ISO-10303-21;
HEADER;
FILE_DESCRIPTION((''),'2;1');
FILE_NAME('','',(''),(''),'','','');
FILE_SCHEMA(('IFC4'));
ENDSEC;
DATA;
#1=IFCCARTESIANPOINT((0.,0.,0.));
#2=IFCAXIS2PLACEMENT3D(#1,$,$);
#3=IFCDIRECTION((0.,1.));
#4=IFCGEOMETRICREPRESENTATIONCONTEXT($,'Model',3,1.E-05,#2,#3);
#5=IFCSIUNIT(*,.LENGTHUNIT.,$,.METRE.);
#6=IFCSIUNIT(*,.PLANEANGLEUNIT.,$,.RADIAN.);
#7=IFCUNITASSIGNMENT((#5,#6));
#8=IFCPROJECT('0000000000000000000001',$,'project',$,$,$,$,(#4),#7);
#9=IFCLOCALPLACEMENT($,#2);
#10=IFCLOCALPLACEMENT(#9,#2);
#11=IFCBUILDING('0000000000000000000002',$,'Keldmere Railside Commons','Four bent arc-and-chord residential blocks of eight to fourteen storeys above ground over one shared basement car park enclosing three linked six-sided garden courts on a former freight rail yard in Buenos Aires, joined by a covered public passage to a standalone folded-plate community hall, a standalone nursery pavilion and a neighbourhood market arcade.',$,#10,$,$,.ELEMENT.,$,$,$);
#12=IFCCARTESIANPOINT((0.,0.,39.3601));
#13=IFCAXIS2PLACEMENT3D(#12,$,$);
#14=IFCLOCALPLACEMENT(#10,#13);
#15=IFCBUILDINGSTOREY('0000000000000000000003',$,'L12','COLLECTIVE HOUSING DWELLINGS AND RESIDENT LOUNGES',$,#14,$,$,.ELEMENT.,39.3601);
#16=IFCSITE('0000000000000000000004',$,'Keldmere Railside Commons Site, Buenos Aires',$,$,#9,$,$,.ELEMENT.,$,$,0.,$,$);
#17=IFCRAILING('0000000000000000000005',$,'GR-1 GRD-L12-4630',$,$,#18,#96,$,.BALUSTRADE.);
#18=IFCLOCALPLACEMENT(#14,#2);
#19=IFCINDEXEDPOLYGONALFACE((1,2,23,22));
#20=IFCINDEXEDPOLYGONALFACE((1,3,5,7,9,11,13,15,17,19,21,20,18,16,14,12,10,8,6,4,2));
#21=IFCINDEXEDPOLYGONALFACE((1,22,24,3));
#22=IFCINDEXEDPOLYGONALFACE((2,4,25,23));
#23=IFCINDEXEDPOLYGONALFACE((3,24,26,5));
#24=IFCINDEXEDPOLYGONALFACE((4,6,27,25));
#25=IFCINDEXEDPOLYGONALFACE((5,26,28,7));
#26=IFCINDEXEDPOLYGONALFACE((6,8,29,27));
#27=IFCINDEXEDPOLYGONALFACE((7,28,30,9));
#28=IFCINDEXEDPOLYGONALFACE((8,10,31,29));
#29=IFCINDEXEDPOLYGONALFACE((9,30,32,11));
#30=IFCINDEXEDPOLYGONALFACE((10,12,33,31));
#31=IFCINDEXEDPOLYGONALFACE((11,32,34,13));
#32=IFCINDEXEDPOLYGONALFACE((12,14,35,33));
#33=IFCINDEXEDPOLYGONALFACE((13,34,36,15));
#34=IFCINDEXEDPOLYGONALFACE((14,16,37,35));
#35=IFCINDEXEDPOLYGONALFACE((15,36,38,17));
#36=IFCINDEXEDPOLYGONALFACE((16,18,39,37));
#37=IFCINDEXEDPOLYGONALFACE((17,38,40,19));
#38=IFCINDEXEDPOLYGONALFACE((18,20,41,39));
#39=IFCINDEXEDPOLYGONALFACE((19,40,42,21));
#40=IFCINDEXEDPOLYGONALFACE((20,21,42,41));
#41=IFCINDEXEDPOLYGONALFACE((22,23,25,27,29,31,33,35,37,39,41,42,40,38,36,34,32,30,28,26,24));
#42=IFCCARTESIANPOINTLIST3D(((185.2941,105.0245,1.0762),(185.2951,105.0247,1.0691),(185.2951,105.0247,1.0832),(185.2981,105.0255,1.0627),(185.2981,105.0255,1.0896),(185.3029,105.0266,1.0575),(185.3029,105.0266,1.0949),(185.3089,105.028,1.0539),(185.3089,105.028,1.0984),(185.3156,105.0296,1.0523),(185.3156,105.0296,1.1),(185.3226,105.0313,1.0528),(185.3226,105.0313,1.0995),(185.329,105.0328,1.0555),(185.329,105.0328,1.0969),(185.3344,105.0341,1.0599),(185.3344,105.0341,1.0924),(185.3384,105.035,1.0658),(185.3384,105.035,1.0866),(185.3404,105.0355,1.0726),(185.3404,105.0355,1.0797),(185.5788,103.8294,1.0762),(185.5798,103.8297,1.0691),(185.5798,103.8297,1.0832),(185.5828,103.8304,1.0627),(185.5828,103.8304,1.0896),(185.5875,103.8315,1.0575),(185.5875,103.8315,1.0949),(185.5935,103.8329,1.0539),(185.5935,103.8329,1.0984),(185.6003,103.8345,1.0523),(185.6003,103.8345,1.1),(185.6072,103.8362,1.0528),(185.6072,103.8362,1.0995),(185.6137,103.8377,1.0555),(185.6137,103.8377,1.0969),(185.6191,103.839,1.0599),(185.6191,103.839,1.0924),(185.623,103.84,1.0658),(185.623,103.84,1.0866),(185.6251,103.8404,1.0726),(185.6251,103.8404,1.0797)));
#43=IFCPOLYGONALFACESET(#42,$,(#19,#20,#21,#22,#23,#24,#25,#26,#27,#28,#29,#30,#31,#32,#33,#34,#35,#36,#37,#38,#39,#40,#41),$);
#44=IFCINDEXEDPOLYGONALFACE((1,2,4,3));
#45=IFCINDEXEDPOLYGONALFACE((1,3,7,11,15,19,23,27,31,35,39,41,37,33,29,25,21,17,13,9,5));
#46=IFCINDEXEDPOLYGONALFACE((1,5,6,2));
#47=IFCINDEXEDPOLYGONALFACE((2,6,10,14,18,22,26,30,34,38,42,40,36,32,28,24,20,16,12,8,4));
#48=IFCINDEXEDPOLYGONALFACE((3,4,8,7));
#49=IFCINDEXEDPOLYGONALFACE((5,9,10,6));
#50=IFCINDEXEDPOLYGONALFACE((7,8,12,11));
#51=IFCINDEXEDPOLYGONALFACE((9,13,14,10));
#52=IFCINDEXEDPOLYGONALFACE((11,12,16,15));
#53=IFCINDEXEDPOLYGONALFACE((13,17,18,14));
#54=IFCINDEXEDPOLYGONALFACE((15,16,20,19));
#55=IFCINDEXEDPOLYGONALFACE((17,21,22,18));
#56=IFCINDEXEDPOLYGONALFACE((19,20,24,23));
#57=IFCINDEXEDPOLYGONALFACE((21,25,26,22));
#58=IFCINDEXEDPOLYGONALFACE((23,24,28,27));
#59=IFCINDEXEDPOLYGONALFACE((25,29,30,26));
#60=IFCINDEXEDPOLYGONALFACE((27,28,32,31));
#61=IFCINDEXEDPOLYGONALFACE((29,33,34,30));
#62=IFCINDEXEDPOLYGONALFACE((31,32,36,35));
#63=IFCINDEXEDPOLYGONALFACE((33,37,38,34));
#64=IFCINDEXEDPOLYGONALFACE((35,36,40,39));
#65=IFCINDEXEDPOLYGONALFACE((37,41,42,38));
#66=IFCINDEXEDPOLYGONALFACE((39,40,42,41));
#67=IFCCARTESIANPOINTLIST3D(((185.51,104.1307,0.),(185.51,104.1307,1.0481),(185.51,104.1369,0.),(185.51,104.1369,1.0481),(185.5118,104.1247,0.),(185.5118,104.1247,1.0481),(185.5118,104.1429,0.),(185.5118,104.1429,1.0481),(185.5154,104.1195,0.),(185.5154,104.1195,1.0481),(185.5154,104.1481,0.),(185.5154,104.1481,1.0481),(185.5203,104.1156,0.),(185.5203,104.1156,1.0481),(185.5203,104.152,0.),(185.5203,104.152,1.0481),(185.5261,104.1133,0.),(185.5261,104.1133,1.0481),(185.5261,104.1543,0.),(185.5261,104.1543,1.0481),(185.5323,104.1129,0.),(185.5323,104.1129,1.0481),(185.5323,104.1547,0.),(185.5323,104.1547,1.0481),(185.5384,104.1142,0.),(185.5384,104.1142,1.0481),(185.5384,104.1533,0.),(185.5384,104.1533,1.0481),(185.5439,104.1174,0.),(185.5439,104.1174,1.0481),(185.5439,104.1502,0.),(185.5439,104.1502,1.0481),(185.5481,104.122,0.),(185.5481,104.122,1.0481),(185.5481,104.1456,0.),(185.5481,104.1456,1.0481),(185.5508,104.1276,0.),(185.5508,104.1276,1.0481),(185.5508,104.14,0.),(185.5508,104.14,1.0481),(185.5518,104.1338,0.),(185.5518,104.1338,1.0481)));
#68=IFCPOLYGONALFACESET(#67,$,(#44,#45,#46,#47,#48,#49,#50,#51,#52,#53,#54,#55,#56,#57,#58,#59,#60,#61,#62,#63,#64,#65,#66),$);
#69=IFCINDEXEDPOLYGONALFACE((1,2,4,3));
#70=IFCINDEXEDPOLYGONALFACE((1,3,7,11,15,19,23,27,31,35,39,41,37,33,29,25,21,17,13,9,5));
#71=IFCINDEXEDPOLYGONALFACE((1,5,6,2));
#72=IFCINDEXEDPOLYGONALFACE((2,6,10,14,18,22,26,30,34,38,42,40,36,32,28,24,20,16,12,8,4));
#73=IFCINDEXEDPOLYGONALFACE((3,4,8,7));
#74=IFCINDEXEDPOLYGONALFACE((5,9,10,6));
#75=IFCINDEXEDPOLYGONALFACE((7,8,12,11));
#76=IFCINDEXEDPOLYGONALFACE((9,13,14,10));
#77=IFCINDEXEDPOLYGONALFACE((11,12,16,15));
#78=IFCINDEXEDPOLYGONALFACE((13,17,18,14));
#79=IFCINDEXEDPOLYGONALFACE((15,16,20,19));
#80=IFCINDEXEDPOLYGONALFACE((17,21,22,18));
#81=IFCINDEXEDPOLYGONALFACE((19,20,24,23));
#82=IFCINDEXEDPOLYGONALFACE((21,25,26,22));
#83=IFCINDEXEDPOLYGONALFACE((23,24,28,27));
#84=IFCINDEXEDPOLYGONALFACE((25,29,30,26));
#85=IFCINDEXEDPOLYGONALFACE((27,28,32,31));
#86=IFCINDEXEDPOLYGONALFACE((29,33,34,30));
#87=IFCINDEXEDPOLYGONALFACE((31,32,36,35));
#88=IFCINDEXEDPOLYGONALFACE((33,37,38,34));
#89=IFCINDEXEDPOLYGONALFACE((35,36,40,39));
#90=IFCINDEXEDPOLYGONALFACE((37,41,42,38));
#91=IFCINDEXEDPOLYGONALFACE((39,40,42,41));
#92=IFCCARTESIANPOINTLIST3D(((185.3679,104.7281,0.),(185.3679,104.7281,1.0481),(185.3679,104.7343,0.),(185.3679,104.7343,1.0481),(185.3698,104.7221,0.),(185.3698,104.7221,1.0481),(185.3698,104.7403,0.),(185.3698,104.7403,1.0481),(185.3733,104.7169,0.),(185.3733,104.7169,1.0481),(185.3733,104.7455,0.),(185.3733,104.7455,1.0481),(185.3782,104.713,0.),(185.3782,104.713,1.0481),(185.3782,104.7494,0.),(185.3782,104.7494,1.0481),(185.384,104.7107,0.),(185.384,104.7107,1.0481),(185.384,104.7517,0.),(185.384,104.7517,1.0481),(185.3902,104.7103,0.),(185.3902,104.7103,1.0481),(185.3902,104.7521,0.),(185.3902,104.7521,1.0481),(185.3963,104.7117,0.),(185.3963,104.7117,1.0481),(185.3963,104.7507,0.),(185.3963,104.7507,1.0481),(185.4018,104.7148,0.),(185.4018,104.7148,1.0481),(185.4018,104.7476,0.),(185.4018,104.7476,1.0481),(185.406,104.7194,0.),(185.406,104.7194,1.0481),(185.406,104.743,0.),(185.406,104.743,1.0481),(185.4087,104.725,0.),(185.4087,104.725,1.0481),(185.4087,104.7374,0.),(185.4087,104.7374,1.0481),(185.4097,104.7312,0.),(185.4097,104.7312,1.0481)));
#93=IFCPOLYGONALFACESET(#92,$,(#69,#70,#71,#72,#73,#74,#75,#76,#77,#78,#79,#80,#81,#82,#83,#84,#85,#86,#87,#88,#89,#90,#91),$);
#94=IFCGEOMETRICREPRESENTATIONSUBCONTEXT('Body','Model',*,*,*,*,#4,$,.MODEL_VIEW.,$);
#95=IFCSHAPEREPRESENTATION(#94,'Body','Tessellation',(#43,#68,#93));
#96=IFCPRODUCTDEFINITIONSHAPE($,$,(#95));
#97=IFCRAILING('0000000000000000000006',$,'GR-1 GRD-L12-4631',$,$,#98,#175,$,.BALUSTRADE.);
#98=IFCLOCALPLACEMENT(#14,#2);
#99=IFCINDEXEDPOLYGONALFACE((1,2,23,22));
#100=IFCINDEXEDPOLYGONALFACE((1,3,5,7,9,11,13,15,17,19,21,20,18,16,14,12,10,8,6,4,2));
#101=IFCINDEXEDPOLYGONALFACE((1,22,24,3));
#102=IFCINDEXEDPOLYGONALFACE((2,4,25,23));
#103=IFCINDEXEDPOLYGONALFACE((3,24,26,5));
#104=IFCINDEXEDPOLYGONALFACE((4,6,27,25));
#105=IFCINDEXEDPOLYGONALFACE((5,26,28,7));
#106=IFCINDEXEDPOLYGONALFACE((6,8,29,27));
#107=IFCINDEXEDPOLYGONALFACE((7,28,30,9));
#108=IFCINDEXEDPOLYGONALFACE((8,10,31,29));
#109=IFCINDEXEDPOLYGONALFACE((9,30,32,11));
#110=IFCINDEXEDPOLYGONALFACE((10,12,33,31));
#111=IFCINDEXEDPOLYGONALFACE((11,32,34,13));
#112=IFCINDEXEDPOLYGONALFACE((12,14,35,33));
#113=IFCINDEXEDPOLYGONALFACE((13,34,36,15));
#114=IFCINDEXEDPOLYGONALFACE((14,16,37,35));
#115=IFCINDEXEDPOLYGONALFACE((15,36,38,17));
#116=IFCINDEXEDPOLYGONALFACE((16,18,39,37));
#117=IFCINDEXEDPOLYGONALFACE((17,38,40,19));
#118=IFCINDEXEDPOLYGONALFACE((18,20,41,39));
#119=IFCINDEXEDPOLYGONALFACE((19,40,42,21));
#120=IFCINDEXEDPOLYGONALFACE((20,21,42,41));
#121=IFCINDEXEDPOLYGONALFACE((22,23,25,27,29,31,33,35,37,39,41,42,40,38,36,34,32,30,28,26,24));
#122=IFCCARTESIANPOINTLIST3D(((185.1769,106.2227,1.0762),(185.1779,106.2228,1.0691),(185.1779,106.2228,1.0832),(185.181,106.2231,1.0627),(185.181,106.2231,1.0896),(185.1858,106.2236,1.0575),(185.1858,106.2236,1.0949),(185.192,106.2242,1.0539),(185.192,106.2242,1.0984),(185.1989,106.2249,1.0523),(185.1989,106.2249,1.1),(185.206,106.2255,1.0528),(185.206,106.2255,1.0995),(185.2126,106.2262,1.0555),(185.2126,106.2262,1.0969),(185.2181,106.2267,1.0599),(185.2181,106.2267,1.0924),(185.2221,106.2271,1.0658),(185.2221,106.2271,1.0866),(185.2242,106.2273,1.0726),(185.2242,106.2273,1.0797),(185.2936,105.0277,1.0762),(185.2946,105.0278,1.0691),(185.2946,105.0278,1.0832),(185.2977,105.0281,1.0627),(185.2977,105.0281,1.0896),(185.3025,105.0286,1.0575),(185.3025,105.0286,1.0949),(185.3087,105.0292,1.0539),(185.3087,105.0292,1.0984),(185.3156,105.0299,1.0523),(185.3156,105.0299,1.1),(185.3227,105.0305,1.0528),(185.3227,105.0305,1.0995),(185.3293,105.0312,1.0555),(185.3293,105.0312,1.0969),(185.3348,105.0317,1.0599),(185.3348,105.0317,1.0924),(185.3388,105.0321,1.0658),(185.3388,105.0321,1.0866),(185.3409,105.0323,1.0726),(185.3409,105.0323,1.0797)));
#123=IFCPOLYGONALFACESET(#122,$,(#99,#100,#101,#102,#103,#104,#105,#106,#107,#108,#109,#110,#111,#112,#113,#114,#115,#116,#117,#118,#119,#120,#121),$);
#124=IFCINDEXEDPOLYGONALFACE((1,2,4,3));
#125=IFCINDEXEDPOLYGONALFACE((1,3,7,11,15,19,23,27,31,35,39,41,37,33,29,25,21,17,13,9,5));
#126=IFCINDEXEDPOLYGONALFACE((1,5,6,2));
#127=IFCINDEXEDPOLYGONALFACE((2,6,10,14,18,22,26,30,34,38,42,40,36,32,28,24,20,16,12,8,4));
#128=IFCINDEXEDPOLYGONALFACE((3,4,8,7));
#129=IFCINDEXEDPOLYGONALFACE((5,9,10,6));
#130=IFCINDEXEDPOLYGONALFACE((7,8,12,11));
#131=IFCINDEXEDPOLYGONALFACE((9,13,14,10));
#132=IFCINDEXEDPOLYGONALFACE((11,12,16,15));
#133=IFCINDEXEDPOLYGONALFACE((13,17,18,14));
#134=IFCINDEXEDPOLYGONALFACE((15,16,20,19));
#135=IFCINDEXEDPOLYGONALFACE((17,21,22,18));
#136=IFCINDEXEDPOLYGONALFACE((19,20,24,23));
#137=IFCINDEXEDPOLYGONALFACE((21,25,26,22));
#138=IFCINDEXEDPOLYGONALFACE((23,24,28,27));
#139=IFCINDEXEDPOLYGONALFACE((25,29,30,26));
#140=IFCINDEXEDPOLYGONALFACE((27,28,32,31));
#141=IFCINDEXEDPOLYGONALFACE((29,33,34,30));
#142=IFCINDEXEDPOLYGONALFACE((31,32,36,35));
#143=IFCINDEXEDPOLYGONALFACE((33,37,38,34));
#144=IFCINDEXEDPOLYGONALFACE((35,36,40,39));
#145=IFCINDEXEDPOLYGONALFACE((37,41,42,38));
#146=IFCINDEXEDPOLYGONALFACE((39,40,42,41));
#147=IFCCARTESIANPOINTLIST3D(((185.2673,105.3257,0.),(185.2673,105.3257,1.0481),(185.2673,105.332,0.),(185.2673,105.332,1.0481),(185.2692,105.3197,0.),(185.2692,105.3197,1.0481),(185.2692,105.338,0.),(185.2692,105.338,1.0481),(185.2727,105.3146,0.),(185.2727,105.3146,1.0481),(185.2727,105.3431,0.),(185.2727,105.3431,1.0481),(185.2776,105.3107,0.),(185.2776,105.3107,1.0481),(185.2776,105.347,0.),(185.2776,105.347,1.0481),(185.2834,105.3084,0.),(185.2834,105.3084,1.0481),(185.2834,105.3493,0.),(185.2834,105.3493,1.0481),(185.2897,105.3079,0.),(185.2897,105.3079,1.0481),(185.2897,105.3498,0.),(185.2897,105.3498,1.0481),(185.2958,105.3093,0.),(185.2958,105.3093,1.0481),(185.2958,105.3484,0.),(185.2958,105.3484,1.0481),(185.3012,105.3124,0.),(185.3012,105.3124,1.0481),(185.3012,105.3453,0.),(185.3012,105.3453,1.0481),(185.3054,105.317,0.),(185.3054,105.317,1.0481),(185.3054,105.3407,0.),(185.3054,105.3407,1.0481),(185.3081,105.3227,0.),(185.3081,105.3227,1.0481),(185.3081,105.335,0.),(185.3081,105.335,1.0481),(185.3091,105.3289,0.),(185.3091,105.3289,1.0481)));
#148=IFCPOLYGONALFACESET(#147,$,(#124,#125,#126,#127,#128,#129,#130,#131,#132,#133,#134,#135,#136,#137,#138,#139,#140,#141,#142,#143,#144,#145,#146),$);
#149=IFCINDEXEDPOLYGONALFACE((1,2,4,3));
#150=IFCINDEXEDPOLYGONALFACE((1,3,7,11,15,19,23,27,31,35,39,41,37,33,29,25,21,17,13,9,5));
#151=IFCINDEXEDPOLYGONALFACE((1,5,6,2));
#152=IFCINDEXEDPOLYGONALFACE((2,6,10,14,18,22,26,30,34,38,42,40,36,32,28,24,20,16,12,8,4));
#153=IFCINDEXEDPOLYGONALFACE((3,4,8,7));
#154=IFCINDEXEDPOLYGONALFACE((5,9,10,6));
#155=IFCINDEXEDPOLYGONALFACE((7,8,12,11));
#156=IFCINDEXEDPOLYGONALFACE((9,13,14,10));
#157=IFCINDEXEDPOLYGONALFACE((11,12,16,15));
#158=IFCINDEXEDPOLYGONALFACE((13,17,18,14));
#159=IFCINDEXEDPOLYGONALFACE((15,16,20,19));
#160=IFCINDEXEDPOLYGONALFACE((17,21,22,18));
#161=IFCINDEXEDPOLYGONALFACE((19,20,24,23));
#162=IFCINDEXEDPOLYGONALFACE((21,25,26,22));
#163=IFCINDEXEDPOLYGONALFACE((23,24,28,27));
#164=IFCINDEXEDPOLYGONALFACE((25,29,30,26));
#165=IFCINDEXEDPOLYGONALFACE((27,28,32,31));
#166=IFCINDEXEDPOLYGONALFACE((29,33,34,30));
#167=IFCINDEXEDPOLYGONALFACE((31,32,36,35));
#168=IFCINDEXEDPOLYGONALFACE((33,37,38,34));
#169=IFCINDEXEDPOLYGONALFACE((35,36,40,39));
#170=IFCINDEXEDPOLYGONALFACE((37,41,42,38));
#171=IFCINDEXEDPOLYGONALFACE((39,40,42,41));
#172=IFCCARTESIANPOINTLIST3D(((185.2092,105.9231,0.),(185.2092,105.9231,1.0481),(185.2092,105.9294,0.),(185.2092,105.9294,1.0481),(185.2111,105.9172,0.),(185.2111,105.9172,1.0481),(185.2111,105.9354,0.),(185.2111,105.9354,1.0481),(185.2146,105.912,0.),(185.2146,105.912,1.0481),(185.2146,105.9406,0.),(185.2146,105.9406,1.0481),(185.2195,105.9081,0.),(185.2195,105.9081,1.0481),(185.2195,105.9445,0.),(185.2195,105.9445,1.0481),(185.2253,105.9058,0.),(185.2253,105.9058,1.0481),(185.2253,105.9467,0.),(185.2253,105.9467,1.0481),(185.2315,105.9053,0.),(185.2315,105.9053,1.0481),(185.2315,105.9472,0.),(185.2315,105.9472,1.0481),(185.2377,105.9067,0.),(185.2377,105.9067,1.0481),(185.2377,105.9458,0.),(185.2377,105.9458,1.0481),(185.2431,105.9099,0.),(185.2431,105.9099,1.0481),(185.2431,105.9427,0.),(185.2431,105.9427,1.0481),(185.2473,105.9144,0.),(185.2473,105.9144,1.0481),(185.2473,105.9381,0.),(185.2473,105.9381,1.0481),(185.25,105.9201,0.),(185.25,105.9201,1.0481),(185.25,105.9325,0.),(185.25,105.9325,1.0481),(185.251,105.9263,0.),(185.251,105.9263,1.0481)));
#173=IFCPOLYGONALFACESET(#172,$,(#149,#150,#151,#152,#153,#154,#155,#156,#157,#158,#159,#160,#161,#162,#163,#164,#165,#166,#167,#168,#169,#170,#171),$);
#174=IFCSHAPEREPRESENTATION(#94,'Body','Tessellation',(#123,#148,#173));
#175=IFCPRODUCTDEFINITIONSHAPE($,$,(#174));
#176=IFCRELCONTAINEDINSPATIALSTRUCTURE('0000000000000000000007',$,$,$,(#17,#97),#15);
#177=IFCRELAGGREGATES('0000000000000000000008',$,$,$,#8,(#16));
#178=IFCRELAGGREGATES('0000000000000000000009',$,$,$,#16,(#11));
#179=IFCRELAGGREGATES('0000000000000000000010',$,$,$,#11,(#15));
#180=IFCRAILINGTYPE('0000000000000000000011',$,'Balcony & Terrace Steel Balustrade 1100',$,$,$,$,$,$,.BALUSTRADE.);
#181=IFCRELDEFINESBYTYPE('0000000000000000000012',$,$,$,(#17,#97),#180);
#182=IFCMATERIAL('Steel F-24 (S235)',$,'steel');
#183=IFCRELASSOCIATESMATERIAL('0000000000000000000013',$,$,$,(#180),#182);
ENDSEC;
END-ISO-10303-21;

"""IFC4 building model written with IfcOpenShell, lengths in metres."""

from ifc_helpers import new_model, si_unit, direction, frame, origin, origin_2d, place, context, subcontext, project, spatial, circle, extrude, material, type_object, element, save


model = new_model("IFC4")

# Units and contexts
model_context = context("Model", 3, precision=1e-05, world=origin(), true_north=direction((0.0, 1.0)))
body_context = subcontext(model_context, "Body", "Model", "MODEL_VIEW")
ifc_project = project(units=[si_unit("LENGTHUNIT", "METRE"), si_unit("PLANEANGLEUNIT", "RADIAN")], contexts=[model_context])

# Site, building, storey
site_placement = place(None, origin())
site = spatial("IfcSite", under=ifc_project, at=site_placement, Name="Keldmere Railside Commons Site, Buenos Aires", CompositionType="ELEMENT", RefElevation=0.0)
building_placement = place(site_placement, origin())
building = spatial("IfcBuilding", under=site, at=building_placement, Name="Keldmere Railside Commons", Description="Four bent arc-and-chord residential blocks of eight to fourteen storeys above ground over one shared basement car park enclosing three linked six-sided garden courts on a former freight rail yard in Buenos Aires, joined by a covered public passage to a standalone folded-plate community hall, a standalone nursery pavilion and a neighbourhood market arcade.", CompositionType="ELEMENT")
storey_placement = place(building_placement, frame((0.0, 0.0, 39.3601)))
storey = spatial("IfcBuildingStorey", under=building, at=storey_placement, Name="L12", Description="COLLECTIVE HOUSING DWELLINGS AND RESIDENT LOUNGES", CompositionType="ELEMENT", Elevation=39.3601)

# Railings
ifc_material_1 = material(Name="Steel F-24 (S235)", Category="steel")
railing_type = type_object("IfcRailingType", Name="Balcony & Terrace Steel Balustrade 1100", PredefinedType="BALUSTRADE", material=ifc_material_1)
railing_1_placement = place(storey_placement, frame((185.6021, 103.835, 0.0)))
element("IfcRailing", 1, at=railing_1_placement, inside=storey, type_object=railing_type, Name="GR-1 GRD-L12-4630", PredefinedType="BALUSTRADE", context=body_context, shape_type="SweptSolid", body=[
    extrude(circle(Radius=0.0239, at=origin_2d()), frame((0.0, 0.0, 1.0762), z_axis=(-0.231719, 0.972783, 0.0), x_axis=(-0.972783, -0.231719, 0.0)), (0.0, 0.0, 1.0), 1.2285),
    extrude(circle(Radius=0.021, at=origin_2d()), frame((-0.0713, 0.2988, 0.0)), (0.0, 0.0, 1.0), 1.0481),
    extrude(circle(Radius=0.021, at=origin_2d()), frame((-0.2134, 0.8962, 0.0)), (0.0, 0.0, 1.0), 1.0481),
])
railing_2_placement = place(storey_placement, frame((185.3174, 105.03, 0.0)))
element("IfcRailing", 2, at=railing_2_placement, inside=storey, type_object=railing_type, Name="GR-1 GRD-L12-4631", PredefinedType="BALUSTRADE", context=body_context, shape_type="SweptSolid", body=[
    extrude(circle(Radius=0.0239, at=origin_2d()), frame((0.0, 0.0, 1.0762), z_axis=(-0.097188, 0.995266, 0.0), x_axis=(-0.995266, -0.097188, 0.0)), (0.0, 0.0, 1.0), 1.2007),
    extrude(circle(Radius=0.021, at=origin_2d()), frame((-0.0293, 0.2988, 0.0)), (0.0, 0.0, 1.0), 1.0481),
    extrude(circle(Radius=0.021, at=origin_2d()), frame((-0.0874, 0.8962, 0.0)), (0.0, 0.0, 1.0), 1.0481),
])

save(model, "model.ifc")
